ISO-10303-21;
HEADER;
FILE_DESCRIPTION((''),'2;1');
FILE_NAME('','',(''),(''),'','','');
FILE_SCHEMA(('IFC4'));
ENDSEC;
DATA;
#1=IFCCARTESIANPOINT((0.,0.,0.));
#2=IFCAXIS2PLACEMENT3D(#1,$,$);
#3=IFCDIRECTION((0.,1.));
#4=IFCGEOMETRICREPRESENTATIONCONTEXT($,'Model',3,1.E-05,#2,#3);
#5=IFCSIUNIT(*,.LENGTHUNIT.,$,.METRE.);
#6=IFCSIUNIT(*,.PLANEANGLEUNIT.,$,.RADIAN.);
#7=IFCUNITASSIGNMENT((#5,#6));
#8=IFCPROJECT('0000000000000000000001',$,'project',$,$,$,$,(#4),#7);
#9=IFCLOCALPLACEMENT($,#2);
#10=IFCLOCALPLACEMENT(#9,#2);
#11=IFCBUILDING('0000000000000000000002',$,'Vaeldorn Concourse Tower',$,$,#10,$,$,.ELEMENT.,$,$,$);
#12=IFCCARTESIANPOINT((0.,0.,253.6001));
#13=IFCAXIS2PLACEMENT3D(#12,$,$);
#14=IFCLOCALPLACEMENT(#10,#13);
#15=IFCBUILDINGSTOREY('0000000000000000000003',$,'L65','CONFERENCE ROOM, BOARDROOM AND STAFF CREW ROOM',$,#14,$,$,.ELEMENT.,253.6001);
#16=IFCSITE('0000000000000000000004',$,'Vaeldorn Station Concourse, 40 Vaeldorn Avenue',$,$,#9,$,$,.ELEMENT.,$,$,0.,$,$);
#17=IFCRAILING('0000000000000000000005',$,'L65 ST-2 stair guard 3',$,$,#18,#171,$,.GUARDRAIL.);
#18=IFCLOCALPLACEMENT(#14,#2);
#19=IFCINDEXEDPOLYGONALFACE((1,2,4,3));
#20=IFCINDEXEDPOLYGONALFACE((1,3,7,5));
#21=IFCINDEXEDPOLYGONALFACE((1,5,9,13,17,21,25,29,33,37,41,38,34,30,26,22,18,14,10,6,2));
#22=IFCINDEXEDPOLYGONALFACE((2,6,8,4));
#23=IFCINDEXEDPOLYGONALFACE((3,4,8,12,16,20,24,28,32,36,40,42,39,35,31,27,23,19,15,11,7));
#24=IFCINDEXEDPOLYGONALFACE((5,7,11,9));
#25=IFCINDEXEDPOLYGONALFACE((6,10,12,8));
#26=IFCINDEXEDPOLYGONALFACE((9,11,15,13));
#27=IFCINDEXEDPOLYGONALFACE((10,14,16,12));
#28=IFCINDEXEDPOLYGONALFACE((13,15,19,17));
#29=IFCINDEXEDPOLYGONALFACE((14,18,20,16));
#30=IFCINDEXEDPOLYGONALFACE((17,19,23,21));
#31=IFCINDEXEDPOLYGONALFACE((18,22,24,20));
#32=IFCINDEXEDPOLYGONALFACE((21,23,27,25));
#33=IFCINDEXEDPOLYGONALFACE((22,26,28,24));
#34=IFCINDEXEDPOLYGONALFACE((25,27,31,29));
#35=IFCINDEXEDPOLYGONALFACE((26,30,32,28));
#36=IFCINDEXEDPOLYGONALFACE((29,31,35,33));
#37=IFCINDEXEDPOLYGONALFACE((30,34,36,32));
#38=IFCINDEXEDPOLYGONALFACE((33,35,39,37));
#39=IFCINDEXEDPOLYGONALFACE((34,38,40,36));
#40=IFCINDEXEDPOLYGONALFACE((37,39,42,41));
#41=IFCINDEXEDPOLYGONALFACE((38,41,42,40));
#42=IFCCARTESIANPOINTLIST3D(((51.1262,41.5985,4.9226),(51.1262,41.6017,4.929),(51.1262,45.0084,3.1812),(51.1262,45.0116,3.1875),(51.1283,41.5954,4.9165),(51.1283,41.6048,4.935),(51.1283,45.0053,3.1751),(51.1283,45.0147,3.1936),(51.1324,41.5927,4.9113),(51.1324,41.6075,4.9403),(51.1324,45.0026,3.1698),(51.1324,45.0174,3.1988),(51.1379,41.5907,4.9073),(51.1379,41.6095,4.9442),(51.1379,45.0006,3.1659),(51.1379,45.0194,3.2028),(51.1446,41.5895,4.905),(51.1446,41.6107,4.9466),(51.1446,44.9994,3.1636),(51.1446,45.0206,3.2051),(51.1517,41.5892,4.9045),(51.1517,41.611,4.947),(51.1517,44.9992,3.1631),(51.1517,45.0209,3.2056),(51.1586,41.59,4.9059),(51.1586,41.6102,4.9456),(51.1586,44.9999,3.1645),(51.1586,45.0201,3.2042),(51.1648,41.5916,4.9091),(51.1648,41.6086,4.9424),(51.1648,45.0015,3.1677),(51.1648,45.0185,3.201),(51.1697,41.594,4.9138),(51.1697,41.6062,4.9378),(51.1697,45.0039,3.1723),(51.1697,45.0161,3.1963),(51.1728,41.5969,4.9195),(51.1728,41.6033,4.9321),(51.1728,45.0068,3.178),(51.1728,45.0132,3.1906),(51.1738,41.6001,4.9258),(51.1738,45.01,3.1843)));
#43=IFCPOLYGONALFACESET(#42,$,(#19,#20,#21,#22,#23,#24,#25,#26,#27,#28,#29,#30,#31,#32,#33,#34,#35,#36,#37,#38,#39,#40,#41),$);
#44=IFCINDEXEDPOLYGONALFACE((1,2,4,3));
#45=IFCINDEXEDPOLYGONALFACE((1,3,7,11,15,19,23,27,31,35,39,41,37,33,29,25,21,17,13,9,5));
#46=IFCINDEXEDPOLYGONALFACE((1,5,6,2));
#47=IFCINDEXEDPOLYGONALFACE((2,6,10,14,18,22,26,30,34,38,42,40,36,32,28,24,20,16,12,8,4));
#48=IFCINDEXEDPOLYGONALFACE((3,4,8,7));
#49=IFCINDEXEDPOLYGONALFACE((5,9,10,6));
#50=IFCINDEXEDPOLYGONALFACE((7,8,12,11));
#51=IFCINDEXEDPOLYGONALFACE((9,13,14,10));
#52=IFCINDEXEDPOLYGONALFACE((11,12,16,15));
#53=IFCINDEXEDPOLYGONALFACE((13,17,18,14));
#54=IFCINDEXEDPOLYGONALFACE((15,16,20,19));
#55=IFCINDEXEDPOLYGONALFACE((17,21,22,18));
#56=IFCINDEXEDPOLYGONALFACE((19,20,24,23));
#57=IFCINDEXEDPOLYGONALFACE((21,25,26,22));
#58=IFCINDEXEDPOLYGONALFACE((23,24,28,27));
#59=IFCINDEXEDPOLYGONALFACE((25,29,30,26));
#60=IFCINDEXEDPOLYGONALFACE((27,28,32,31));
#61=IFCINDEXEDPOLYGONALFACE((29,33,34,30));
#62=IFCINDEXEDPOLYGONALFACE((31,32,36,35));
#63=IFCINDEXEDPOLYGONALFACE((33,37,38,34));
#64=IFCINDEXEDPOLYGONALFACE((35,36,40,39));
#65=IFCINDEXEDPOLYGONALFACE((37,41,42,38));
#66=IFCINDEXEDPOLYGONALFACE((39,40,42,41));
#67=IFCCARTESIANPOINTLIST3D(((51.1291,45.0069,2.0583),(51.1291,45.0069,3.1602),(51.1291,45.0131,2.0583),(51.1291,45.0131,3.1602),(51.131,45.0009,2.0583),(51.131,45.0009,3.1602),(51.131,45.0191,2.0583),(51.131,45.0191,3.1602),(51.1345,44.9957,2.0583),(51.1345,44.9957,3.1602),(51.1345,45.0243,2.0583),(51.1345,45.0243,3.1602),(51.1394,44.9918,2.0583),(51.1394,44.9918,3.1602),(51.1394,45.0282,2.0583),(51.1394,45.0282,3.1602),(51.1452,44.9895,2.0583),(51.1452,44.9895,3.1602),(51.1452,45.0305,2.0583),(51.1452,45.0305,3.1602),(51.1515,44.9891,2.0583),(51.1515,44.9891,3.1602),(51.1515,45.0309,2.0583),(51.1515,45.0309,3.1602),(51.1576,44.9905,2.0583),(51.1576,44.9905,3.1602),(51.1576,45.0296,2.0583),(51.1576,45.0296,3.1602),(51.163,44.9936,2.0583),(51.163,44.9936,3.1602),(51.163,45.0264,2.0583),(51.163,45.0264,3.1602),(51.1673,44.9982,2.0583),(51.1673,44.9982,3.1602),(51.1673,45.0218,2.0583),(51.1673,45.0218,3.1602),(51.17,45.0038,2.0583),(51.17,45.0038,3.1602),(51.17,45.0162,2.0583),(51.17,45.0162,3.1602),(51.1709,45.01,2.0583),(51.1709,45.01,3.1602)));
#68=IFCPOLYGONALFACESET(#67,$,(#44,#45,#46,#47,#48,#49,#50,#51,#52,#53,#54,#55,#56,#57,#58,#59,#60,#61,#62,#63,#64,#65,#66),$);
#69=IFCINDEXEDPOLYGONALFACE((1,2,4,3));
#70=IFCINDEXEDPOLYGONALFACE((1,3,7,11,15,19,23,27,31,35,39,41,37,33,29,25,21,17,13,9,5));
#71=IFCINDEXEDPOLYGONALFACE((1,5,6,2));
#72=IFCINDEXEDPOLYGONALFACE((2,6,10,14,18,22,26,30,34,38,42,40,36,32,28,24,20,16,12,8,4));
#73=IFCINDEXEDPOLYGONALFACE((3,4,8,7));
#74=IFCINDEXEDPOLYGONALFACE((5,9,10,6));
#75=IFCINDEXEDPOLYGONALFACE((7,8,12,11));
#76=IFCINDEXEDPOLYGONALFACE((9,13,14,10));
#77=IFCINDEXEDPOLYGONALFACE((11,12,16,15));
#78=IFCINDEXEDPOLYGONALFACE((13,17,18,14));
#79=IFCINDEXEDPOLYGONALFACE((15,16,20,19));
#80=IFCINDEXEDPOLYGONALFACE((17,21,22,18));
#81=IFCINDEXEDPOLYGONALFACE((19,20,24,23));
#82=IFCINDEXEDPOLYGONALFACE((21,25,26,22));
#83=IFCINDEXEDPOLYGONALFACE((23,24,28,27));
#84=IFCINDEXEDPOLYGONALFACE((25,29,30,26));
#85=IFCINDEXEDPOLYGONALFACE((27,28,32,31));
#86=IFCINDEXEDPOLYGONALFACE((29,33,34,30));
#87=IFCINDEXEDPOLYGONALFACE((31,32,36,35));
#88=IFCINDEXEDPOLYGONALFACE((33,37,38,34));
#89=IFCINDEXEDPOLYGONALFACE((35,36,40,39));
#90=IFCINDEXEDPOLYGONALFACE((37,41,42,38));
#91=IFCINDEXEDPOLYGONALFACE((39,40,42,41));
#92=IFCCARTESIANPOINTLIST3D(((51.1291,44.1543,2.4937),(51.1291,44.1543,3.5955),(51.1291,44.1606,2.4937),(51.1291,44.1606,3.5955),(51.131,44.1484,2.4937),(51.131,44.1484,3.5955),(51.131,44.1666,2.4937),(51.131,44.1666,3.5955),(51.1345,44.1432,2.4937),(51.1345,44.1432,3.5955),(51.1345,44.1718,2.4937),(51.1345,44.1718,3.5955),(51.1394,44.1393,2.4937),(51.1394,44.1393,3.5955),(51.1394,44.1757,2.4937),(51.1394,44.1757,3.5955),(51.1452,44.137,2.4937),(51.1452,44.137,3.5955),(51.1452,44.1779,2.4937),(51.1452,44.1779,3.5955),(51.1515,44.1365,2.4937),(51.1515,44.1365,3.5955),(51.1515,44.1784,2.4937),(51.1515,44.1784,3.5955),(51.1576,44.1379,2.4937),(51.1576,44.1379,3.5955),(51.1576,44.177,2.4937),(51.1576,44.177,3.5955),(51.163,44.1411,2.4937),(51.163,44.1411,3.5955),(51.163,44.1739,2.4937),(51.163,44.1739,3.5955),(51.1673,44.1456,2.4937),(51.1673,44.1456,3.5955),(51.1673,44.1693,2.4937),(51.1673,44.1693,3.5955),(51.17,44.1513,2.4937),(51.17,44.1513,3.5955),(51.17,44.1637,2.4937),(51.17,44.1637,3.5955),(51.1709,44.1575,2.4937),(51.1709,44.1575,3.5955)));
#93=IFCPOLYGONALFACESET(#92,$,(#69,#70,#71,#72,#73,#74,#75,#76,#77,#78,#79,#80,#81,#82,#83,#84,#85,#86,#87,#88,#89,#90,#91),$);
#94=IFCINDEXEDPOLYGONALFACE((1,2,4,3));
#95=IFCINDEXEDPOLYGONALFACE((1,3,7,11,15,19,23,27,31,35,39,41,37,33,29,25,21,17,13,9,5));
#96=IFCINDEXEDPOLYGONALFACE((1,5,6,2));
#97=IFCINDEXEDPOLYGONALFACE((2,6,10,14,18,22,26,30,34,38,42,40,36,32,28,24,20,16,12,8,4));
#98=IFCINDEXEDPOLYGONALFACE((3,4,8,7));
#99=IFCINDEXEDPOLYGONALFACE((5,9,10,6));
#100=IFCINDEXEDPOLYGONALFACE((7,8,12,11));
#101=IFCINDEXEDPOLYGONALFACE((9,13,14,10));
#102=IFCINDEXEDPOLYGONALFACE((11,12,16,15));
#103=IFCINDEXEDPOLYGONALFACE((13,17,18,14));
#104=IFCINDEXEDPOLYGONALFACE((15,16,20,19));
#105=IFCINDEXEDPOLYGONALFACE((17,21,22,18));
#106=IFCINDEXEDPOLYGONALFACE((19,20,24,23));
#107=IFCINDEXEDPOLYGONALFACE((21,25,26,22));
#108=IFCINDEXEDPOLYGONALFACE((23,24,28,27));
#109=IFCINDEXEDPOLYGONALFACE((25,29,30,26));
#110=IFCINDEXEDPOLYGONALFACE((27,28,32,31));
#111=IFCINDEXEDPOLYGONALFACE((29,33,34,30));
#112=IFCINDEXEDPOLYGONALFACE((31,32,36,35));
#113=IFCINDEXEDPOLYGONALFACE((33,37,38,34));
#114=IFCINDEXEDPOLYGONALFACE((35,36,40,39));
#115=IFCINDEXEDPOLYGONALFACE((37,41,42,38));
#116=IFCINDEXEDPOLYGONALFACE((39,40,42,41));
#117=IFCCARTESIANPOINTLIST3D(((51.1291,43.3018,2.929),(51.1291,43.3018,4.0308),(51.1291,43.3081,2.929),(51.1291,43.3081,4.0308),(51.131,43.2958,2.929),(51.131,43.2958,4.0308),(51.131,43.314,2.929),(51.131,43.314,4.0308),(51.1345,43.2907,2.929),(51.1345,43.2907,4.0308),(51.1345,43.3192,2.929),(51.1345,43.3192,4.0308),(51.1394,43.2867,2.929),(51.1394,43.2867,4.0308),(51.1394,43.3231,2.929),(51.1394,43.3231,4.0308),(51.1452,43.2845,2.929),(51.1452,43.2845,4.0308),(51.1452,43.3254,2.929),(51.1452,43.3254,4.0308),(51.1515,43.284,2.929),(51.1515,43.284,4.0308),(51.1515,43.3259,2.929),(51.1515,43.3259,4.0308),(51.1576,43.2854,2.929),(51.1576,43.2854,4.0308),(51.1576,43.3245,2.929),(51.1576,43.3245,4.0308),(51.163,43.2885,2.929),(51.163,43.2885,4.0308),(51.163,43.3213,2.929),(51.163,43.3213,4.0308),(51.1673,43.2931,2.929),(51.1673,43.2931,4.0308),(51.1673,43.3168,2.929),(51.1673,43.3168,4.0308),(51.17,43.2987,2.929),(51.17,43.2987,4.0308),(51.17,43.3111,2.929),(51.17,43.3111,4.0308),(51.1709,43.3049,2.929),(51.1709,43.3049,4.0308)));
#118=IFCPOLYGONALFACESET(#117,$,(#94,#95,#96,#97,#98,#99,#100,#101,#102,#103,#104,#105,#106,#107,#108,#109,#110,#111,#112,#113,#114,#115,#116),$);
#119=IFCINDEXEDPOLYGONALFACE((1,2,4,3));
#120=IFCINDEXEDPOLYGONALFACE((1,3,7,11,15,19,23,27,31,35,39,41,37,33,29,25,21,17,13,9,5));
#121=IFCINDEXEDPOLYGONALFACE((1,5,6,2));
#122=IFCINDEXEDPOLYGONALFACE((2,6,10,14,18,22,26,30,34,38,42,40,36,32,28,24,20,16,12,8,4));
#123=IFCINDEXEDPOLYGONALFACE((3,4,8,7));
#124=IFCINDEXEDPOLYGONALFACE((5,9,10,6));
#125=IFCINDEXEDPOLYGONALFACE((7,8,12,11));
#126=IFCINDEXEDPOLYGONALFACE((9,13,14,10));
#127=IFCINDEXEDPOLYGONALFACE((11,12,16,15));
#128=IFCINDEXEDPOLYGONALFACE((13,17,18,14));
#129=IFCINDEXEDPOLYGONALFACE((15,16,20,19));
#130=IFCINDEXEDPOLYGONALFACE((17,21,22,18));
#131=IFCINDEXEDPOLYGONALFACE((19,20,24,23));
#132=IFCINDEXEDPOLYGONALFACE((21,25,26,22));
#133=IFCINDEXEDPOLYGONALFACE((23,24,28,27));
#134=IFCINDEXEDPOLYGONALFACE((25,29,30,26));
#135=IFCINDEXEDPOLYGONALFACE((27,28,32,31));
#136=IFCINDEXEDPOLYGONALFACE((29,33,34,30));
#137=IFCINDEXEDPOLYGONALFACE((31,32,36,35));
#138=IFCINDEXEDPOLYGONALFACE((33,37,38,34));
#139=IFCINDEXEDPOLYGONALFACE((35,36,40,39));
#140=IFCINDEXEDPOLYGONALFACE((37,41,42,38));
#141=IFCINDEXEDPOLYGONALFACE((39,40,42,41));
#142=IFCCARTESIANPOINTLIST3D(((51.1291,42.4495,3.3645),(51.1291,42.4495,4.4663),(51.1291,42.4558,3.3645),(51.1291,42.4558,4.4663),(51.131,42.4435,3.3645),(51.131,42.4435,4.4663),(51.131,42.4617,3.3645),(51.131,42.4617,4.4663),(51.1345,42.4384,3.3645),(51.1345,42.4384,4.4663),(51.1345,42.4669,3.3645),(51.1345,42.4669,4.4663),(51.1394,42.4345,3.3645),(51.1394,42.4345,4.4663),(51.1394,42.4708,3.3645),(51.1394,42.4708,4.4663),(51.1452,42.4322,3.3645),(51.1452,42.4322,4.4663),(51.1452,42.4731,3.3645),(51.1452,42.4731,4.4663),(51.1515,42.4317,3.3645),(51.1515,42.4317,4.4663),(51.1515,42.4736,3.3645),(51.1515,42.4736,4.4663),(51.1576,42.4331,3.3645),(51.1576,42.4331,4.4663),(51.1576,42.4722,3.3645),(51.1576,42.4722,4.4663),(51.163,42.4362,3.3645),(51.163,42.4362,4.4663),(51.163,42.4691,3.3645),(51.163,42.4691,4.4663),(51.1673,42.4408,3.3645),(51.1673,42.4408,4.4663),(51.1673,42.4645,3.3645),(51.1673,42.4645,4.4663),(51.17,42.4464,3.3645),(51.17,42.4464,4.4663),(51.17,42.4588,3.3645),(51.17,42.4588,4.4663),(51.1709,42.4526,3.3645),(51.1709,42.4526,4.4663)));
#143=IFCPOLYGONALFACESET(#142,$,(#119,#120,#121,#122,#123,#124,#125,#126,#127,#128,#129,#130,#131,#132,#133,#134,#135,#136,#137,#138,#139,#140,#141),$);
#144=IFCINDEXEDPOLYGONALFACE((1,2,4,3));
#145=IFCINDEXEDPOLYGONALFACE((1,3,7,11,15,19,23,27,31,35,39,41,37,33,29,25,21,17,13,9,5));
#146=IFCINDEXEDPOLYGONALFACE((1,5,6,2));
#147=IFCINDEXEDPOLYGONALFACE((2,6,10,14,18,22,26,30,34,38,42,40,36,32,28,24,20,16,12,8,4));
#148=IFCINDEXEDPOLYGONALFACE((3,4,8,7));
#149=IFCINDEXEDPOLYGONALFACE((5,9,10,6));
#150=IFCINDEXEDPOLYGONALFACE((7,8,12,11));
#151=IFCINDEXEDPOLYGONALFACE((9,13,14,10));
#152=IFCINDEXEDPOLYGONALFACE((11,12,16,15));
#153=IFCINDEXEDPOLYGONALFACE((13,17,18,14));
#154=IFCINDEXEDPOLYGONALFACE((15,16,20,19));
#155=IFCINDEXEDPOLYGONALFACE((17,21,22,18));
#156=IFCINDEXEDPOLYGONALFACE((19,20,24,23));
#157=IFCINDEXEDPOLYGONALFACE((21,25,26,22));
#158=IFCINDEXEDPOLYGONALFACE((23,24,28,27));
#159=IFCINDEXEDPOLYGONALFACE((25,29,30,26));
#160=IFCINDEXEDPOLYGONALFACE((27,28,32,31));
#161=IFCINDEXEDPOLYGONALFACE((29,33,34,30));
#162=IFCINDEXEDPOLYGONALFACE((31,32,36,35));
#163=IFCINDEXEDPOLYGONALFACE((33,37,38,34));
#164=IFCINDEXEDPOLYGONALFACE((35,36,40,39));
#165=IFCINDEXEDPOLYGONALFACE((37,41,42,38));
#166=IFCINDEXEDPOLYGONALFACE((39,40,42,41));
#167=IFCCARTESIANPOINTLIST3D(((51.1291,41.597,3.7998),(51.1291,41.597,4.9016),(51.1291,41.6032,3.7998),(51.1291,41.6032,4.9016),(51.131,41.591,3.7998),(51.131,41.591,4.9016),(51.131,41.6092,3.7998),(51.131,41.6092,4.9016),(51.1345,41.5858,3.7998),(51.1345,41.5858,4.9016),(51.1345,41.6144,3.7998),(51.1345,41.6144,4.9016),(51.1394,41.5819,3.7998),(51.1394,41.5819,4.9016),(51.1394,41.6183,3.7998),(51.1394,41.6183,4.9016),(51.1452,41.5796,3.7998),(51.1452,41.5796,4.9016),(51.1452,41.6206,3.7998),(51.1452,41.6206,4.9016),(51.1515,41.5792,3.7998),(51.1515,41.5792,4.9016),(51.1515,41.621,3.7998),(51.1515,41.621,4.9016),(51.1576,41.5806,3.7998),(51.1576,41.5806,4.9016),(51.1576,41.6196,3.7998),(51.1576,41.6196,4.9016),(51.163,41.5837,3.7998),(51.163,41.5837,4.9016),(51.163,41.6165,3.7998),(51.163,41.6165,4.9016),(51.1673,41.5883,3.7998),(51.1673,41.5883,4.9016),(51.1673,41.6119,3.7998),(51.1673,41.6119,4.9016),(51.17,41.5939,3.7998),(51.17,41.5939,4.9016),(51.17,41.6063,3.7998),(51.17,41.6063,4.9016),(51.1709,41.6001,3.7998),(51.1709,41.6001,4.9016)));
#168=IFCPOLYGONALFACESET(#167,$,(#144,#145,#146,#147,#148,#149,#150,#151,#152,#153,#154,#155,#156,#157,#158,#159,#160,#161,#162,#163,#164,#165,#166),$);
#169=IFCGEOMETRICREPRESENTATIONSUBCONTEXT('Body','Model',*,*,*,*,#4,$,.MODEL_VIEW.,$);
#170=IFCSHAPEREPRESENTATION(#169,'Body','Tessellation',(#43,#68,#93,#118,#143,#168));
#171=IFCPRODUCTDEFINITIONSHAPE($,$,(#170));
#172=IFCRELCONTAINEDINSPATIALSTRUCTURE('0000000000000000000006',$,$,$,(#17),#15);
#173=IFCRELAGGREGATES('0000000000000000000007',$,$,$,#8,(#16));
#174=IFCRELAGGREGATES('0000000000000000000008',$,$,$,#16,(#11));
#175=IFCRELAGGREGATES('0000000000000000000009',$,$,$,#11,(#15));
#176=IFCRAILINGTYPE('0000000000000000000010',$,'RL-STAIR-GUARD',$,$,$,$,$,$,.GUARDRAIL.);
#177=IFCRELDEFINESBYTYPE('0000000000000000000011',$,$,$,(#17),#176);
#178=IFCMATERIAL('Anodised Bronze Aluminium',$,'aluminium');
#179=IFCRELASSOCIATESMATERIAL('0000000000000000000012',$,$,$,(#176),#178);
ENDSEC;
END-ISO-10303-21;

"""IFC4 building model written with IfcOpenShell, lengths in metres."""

from ifc_helpers import new_model, si_unit, direction, frame, origin, origin_2d, place, context, subcontext, project, spatial, circle, extrude, material, type_object, element, save


model = new_model("IFC4")

# Units and contexts
model_context = context("Model", 3, precision=1e-05, world=origin(), true_north=direction((0.0, 1.0)))
body_context = subcontext(model_context, "Body", "Model", "MODEL_VIEW")
ifc_project = project(units=[si_unit("LENGTHUNIT", "METRE"), si_unit("PLANEANGLEUNIT", "RADIAN")], contexts=[model_context])

# Site, building, storey
site_placement = place(None, origin())
site = spatial("IfcSite", under=ifc_project, at=site_placement, Name="Vaeldorn Station Concourse, 40 Vaeldorn Avenue", CompositionType="ELEMENT", RefElevation=0.0)
building_placement = place(site_placement, origin())
building = spatial("IfcBuilding", under=site, at=building_placement, Name="Vaeldorn Concourse Tower", CompositionType="ELEMENT")
storey_placement = place(building_placement, frame((0.0, 0.0, 253.6001)))
storey = spatial("IfcBuildingStorey", under=building, at=storey_placement, Name="L65", Description="CONFERENCE ROOM, BOARDROOM AND STAFF CREW ROOM", CompositionType="ELEMENT", Elevation=253.6001)

# Shared definitions
ifc_material_1 = material(Name="Anodised Bronze Aluminium", Category="aluminium")

# Railing
railing_type_1 = type_object("IfcRailingType", Name="RL-STAIR-GUARD", PredefinedType="GUARDRAIL", material=ifc_material_1)
railing_1_placement = place(storey_placement, frame((51.1499, 45.01, 2.0583)))
element("IfcRailing", 1, at=railing_1_placement, inside=storey, type_object=railing_type_1, Name="L65 ST-2 stair guard 3", PredefinedType="GUARDRAIL", context=body_context, shape_type="SweptSolid", body=[
    extrude(circle(Radius=0.0239, at=origin_2d()), frame((0.0, 0.0, 1.126), z_axis=(0.0, -0.890582, 0.454823), x_axis=(1.0, 0.0, 0.0)), (0.0, 0.0, 1.0), 3.8289),
    extrude(circle(Radius=0.021, at=origin_2d()), origin(), (0.0, 0.0, 1.0), 1.1018),
    extrude(circle(Radius=0.021, at=origin_2d()), frame((0.0, -0.8525, 0.4353)), (0.0, 0.0, 1.0), 1.1018),
    extrude(circle(Radius=0.021, at=origin_2d()), frame((0.0, -1.7051, 0.8706)), (0.0, 0.0, 1.0), 1.1018),
    extrude(circle(Radius=0.021, at=origin_2d()), frame((0.0, -2.5574, 1.3062)), (0.0, 0.0, 1.0), 1.1018),
    extrude(circle(Radius=0.021, at=origin_2d()), frame((0.0, -3.4099, 1.7415)), (0.0, 0.0, 1.0), 1.1018),
])

save(model, "model.ifc")
